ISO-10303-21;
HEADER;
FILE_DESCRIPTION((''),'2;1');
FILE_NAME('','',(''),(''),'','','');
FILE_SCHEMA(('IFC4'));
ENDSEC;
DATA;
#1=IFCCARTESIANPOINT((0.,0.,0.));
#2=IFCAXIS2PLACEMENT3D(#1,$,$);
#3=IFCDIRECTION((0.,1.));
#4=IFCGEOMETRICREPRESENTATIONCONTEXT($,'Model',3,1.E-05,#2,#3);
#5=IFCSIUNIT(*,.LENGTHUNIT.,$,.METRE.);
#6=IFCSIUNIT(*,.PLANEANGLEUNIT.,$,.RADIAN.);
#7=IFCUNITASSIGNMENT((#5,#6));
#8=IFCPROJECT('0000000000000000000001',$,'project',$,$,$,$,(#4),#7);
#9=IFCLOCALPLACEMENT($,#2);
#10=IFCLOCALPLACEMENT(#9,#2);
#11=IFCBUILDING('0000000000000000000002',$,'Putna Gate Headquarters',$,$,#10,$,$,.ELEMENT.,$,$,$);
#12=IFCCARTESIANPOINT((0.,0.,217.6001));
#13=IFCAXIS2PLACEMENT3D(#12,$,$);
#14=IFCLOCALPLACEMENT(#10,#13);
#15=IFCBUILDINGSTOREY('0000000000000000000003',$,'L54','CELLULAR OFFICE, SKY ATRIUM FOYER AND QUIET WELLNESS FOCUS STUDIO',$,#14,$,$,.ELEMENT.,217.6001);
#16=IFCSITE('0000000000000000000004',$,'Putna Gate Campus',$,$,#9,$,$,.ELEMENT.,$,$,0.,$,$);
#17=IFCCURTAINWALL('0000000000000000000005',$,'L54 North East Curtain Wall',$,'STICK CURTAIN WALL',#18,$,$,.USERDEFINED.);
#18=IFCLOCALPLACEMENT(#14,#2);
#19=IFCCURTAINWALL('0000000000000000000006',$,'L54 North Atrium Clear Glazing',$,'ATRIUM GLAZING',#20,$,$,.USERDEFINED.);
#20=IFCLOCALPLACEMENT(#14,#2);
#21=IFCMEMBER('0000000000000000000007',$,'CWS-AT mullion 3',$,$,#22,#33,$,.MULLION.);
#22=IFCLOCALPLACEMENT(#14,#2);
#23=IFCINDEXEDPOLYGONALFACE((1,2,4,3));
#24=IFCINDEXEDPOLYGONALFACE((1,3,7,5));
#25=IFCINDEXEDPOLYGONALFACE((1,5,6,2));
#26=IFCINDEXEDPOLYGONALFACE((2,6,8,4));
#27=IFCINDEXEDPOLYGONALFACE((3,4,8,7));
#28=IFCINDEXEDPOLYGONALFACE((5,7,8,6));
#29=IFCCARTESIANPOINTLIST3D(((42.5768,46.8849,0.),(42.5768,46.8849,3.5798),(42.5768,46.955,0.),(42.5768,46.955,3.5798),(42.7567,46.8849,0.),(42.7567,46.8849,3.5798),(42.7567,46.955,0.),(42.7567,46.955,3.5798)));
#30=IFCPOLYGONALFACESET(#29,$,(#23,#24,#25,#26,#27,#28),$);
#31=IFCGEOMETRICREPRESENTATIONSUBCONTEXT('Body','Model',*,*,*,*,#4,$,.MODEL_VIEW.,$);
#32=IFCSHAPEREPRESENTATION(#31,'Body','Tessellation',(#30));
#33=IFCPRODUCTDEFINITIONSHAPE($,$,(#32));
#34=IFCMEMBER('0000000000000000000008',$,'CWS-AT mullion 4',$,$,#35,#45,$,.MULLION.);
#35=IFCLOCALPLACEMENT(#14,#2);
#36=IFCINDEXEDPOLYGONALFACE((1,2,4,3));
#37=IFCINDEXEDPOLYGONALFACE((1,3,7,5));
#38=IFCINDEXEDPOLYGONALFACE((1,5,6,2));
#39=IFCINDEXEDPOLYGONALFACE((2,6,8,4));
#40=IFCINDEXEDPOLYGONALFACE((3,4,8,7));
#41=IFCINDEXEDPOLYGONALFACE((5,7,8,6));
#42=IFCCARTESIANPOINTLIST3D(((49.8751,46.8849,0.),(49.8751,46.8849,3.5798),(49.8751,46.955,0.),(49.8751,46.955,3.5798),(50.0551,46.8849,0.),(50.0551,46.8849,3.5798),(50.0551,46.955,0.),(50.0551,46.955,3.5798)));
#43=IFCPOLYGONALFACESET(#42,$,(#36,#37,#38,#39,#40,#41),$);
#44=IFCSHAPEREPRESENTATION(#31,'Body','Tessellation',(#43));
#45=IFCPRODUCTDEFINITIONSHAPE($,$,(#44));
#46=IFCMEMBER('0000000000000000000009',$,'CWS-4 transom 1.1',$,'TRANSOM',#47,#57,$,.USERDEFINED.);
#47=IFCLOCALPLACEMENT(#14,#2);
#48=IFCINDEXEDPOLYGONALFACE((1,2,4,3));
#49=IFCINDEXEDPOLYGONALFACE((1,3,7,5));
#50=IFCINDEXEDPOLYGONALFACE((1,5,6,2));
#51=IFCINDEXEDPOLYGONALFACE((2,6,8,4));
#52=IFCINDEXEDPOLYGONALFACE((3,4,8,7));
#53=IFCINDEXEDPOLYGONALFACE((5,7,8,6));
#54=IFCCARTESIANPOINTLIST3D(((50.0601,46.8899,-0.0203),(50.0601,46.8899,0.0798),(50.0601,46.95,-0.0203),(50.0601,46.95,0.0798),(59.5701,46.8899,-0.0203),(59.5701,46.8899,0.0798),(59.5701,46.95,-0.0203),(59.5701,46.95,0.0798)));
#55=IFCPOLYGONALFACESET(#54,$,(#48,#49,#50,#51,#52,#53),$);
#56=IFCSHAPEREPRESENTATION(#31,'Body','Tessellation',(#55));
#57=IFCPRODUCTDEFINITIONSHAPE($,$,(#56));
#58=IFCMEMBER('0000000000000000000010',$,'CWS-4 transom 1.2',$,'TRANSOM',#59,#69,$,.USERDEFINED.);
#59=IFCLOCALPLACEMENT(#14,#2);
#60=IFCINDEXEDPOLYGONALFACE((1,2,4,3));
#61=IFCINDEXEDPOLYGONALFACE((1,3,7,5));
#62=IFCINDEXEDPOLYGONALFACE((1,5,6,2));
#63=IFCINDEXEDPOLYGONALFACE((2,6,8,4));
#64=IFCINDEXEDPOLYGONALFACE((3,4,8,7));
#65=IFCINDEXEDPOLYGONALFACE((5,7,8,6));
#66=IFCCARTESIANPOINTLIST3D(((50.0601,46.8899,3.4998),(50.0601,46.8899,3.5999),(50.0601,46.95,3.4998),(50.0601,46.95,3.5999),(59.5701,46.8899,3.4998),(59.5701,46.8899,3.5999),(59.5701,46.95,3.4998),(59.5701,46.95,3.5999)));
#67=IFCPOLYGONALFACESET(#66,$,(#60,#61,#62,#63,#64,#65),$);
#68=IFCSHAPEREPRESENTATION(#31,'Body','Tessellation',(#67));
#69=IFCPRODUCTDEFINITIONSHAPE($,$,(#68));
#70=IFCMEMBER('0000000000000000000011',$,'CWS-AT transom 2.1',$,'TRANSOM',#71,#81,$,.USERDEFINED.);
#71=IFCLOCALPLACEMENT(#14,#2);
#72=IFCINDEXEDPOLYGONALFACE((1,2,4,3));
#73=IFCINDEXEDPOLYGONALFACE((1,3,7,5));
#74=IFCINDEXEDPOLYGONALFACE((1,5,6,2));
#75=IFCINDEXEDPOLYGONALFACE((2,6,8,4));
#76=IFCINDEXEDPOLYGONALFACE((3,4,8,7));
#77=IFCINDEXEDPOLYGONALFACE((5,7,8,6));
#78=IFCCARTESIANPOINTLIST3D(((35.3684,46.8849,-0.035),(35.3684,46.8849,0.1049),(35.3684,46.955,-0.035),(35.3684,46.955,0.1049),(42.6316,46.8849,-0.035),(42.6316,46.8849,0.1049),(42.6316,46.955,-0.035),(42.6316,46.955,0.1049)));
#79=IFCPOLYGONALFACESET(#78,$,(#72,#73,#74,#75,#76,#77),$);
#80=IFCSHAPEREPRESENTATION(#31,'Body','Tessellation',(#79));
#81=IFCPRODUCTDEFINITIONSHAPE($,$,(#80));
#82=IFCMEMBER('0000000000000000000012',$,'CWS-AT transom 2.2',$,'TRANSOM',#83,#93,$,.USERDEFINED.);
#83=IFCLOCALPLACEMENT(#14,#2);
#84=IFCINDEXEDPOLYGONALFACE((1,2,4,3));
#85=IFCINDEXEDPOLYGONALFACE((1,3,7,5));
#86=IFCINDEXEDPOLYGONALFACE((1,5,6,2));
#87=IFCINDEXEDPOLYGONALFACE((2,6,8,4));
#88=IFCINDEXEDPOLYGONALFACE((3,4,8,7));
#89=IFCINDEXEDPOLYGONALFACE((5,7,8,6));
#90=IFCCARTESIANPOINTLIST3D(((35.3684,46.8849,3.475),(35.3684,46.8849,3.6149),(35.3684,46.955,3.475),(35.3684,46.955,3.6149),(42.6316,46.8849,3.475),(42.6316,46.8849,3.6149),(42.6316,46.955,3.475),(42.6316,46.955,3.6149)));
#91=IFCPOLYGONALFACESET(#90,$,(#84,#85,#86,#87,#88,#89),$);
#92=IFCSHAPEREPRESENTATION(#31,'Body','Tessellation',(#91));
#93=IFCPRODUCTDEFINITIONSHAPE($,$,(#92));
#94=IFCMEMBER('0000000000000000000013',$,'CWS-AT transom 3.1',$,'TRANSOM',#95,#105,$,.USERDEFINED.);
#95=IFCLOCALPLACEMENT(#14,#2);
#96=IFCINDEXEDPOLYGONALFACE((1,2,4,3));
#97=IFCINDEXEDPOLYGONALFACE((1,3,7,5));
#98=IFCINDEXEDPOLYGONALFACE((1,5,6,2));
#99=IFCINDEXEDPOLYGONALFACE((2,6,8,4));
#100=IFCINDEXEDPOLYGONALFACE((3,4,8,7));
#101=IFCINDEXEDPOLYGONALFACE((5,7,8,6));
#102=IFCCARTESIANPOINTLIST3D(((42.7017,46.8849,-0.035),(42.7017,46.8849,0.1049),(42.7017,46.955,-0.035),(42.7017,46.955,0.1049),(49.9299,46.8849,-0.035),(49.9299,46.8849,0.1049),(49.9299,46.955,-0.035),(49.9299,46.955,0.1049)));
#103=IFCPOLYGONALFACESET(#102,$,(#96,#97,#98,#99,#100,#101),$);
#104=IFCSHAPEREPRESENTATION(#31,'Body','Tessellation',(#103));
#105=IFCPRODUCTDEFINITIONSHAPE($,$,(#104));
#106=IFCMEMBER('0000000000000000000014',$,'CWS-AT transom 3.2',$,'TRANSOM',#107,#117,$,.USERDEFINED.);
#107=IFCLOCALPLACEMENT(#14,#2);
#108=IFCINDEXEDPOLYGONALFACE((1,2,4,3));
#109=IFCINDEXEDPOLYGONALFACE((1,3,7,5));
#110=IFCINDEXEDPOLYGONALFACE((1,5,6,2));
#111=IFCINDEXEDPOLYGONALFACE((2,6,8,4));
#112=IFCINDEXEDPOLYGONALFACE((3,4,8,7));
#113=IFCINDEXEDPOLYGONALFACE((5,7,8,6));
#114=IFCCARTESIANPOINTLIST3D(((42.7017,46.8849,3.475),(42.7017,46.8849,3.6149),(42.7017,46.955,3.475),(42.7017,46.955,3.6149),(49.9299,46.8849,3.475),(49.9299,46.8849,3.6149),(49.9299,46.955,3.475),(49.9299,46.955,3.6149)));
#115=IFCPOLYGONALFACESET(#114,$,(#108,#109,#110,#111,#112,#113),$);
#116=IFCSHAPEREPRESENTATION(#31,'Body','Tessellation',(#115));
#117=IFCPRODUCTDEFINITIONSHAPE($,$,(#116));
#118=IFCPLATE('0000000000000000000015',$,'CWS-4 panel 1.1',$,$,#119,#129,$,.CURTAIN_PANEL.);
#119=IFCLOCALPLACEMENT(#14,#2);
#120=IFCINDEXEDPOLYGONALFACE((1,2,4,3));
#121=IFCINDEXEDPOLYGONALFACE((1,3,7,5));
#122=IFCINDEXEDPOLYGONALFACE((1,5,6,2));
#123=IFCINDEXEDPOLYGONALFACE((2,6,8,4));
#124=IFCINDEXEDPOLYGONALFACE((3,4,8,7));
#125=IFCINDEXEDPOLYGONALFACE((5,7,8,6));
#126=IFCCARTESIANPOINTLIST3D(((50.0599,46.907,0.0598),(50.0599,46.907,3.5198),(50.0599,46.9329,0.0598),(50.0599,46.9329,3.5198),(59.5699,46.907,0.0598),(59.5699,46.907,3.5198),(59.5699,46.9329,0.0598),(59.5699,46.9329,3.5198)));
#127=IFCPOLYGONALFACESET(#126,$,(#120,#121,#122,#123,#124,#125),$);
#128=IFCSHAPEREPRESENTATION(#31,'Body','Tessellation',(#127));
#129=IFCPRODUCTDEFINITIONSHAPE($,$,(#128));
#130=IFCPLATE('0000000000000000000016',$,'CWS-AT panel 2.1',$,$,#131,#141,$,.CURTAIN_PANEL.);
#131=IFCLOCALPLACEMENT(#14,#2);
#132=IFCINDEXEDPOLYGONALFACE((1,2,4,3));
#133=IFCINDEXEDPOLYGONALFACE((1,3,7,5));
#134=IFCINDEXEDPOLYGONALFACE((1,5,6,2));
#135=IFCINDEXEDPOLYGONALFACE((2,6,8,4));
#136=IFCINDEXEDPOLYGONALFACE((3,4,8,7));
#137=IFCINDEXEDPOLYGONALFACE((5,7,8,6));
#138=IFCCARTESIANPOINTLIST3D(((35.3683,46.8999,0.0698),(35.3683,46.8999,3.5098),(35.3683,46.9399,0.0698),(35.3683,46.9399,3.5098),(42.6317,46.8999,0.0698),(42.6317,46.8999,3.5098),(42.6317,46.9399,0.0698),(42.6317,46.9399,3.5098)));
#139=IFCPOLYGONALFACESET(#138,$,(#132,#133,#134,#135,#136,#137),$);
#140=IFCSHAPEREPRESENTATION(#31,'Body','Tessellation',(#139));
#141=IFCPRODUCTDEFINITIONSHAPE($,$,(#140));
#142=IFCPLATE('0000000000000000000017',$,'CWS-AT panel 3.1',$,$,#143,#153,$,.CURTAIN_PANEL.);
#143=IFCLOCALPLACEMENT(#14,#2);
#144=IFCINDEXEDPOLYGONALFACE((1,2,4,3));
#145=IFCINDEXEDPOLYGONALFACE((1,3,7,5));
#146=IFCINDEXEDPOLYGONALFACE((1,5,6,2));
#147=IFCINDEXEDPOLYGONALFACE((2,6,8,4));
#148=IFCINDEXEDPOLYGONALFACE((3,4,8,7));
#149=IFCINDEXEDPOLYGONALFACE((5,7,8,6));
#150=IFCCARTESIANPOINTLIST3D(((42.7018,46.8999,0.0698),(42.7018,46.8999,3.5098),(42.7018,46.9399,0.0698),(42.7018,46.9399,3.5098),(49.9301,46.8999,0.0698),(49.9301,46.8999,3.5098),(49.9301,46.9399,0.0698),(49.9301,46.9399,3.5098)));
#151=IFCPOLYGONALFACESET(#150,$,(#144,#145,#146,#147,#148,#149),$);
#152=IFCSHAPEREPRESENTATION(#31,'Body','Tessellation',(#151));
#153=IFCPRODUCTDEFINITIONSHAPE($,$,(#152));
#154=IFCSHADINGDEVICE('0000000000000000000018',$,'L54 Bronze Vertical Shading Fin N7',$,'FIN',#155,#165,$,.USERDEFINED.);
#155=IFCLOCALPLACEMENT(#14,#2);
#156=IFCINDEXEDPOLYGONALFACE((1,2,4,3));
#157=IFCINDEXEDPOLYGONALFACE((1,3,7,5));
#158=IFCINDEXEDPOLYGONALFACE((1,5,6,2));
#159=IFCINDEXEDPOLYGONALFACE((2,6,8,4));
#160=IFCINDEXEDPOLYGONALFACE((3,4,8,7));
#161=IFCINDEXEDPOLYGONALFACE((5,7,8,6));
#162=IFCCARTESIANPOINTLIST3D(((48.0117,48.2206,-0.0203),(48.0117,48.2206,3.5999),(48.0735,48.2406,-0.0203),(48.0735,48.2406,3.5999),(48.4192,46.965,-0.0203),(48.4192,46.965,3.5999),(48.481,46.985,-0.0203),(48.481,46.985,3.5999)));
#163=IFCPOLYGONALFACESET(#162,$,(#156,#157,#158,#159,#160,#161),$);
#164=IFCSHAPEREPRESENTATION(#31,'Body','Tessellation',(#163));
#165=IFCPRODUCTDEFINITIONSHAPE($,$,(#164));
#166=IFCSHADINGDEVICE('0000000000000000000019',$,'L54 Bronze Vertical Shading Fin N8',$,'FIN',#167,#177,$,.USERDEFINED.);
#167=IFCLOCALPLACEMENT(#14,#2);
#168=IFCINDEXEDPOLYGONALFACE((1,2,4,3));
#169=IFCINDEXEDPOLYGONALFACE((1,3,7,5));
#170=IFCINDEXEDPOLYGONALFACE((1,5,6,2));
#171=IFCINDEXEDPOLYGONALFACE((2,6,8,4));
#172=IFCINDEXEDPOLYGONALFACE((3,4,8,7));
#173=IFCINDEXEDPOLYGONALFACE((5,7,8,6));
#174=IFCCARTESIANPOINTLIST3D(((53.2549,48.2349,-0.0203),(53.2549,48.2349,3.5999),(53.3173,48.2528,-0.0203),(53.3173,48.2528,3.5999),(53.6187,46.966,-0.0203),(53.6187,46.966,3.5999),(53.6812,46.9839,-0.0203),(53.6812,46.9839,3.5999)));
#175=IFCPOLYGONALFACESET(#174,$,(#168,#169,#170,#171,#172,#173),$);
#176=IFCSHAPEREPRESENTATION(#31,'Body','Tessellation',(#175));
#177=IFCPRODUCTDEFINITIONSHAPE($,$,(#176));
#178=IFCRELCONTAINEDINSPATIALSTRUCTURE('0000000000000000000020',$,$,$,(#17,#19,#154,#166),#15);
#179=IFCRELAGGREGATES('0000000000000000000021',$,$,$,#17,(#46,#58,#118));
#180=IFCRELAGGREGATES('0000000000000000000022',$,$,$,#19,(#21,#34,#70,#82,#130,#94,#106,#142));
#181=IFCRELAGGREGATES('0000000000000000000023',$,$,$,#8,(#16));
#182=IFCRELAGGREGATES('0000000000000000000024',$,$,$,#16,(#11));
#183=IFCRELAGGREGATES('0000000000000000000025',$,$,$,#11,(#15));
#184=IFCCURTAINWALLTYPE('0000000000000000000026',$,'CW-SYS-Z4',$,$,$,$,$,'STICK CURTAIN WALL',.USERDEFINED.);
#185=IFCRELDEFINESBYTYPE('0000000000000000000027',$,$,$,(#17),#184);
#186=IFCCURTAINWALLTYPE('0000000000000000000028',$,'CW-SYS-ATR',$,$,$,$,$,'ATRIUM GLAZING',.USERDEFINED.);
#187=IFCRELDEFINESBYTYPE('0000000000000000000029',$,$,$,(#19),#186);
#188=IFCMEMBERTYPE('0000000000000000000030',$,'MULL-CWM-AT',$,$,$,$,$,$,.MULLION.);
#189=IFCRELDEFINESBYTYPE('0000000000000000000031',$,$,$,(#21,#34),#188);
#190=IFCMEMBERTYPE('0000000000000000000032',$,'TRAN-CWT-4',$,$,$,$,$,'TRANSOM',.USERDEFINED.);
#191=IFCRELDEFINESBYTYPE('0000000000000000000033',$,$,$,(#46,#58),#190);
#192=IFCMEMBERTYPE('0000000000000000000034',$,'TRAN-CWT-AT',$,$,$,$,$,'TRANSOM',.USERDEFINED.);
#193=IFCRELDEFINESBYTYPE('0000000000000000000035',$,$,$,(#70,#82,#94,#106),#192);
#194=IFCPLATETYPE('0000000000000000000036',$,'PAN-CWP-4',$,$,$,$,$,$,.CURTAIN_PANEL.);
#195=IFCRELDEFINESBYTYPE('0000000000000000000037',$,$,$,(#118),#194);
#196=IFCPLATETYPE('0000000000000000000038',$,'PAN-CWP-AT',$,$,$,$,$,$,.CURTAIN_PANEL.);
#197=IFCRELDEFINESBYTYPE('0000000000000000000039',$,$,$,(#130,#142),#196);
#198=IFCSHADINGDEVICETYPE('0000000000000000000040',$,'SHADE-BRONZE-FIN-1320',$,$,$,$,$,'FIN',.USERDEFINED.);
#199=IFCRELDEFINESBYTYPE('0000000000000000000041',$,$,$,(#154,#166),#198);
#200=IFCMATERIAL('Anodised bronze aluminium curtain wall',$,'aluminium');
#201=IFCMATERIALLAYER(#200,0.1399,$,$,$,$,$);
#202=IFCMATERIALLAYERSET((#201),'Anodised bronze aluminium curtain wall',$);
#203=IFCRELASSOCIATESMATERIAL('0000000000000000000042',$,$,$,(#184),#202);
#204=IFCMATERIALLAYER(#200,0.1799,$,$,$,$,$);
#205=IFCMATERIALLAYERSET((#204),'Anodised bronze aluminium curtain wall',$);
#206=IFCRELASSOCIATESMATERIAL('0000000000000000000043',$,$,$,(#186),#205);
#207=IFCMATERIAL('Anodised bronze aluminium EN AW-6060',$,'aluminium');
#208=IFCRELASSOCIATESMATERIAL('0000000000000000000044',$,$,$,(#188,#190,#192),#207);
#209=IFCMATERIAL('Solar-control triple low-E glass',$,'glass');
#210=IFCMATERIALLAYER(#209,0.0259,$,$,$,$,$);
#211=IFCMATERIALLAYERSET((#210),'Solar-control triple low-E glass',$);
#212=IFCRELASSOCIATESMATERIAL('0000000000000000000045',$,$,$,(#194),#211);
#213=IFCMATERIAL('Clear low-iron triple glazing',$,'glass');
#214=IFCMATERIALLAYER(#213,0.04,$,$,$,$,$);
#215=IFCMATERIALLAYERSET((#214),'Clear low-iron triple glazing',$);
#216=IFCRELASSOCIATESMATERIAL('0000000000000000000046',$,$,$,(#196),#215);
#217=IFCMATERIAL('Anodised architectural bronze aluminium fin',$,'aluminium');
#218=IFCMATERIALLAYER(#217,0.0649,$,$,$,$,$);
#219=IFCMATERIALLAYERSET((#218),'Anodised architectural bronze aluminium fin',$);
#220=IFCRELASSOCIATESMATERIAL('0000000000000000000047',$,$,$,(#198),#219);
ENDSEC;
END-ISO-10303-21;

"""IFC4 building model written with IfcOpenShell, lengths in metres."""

from ifc_helpers import new_model, si_unit, direction, frame, origin, origin_2d, place, context, subcontext, project, spatial, rectangle, extrude, material, layer, layer_set, material_profile, profile_set, type_object, element, aggregate, save


model = new_model("IFC4")

# Units and contexts
model_context = context("Model", 3, precision=1e-05, world=origin(), true_north=direction((0.0, 1.0)))
body_context = subcontext(model_context, "Body", "Model", "MODEL_VIEW")
ifc_project = project(units=[si_unit("LENGTHUNIT", "METRE"), si_unit("PLANEANGLEUNIT", "RADIAN")], contexts=[model_context])

# Site, building, storey
site_placement = place(None, origin())
site = spatial("IfcSite", under=ifc_project, at=site_placement, Name="Putna Gate Campus", CompositionType="ELEMENT", RefElevation=0.0)
building_placement = place(site_placement, origin())
building = spatial("IfcBuilding", under=site, at=building_placement, Name="Putna Gate Headquarters", CompositionType="ELEMENT")
storey_placement = place(building_placement, frame((0.0, 0.0, 217.6001)))
storey = spatial("IfcBuildingStorey", under=building, at=storey_placement, Name="L54", Description="CELLULAR OFFICE, SKY ATRIUM FOYER AND QUIET WELLNESS FOCUS STUDIO", CompositionType="ELEMENT", Elevation=217.6001)

# Curtain wall
ifc_material_1 = material(Name="Anodised bronze aluminium curtain wall", Category="aluminium")
ifc_layer_1 = layer(ifc_material_1, 0.1399)
ifc_layer_set_1 = layer_set([ifc_layer_1], Name="Anodised bronze aluminium curtain wall")
curtain_wall_type_1 = type_object("IfcCurtainWallType", Name="CW-SYS-Z4", ElementType="STICK CURTAIN WALL", PredefinedType="USERDEFINED", material=ifc_layer_set_1)
curtain_wall_1_placement = place(storey_placement, origin())
curtain_wall_1 = element("IfcCurtainWall", 1, at=curtain_wall_1_placement, inside=storey, type_object=curtain_wall_type_1, Name="L54 North East Curtain Wall", ObjectType="STICK CURTAIN WALL", PredefinedType="USERDEFINED")
ifc_material_2 = material(Name="Anodised bronze aluminium EN AW-6060", Category="aluminium")

# Curtain wall, members
ifc_layer_2 = layer(ifc_material_1, 0.1799)
ifc_layer_set_2 = layer_set([ifc_layer_2], Name="Anodised bronze aluminium curtain wall")
curtain_wall_type_2 = type_object("IfcCurtainWallType", Name="CW-SYS-ATR", ElementType="ATRIUM GLAZING", PredefinedType="USERDEFINED", material=ifc_layer_set_2)
curtain_wall_2_placement = place(storey_placement, origin())
curtain_wall_2 = element("IfcCurtainWall", 2, at=curtain_wall_2_placement, inside=storey, type_object=curtain_wall_type_2, Name="L54 North Atrium Clear Glazing", ObjectType="ATRIUM GLAZING", PredefinedType="USERDEFINED")
ifc_material_profile_1 = material_profile(ifc_material_2, rectangle(XDim=0.0701, YDim=0.1799, at=origin_2d()), Name="Anodised bronze aluminium EN AW-6060")
ifc_profile_set_1 = profile_set([ifc_material_profile_1], Name="Anodised bronze aluminium EN AW-6060")
member_type_1 = type_object("IfcMemberType", Name="MULL-CWM-AT", PredefinedType="MULLION", material=ifc_profile_set_1)
member_1_placement = place(storey_placement, frame((42.6667, 46.9199, 0.0), z_axis=(0.0, 0.0, 1.0), x_axis=(0.0, 1.0, 0.0)))
member_1 = element("IfcMember", 3, at=member_1_placement, type_object=member_type_1, Name="CWS-AT mullion 3", PredefinedType="MULLION", context=body_context, shape_type="SweptSolid", body=[
    extrude(rectangle(XDim=0.0701, YDim=0.1799, at=origin_2d()), origin(), (0.0, 0.0, 1.0), 3.5798),
])
member_2_placement = place(storey_placement, frame((49.9651, 46.9199, 0.0), z_axis=(0.0, 0.0, 1.0), x_axis=(0.0, 1.0, 0.0)))
member_2 = element("IfcMember", 4, at=member_2_placement, type_object=member_type_1, Name="CWS-AT mullion 4", PredefinedType="MULLION", context=body_context, shape_type="SweptSolid", body=[
    extrude(rectangle(XDim=0.0701, YDim=0.1799, at=origin_2d()), origin(), (0.0, 0.0, 1.0), 3.5798),
])

# Members
ifc_material_profile_2 = material_profile(ifc_material_2, rectangle(XDim=0.0601, YDim=0.1001, at=origin_2d()), Name="Anodised bronze aluminium EN AW-6060")
ifc_profile_set_2 = profile_set([ifc_material_profile_2], Name="Anodised bronze aluminium EN AW-6060")
member_type_2 = type_object("IfcMemberType", Name="TRAN-CWT-4", ElementType="TRANSOM", PredefinedType="USERDEFINED", material=ifc_profile_set_2)
member_3_placement = place(storey_placement, frame((50.0601, 46.9199, 0.0298), z_axis=(1.0, 0.0, 0.0), x_axis=(0.0, 1.0, 0.0)))
member_3 = element("IfcMember", 5, at=member_3_placement, type_object=member_type_2, Name="CWS-4 transom 1.1", ObjectType="TRANSOM", PredefinedType="USERDEFINED", context=body_context, shape_type="SweptSolid", body=[
    extrude(rectangle(XDim=0.0601, YDim=0.1001, at=origin_2d()), origin(), (0.0, 0.0, 1.0), 9.51),
])
member_4_placement = place(storey_placement, frame((50.0601, 46.9199, 3.5498), z_axis=(1.0, 0.0, 0.0), x_axis=(0.0, 1.0, 0.0)))
member_4 = element("IfcMember", 6, at=member_4_placement, type_object=member_type_2, Name="CWS-4 transom 1.2", ObjectType="TRANSOM", PredefinedType="USERDEFINED", context=body_context, shape_type="SweptSolid", body=[
    extrude(rectangle(XDim=0.0601, YDim=0.1001, at=origin_2d()), origin(), (0.0, 0.0, 1.0), 9.51),
])
ifc_material_profile_3 = material_profile(ifc_material_2, rectangle(XDim=0.0701, YDim=0.1399, at=origin_2d()), Name="Anodised bronze aluminium EN AW-6060")
ifc_profile_set_3 = profile_set([ifc_material_profile_3], Name="Anodised bronze aluminium EN AW-6060")
member_type_3 = type_object("IfcMemberType", Name="TRAN-CWT-AT", ElementType="TRANSOM", PredefinedType="USERDEFINED", material=ifc_profile_set_3)
member_5_placement = place(storey_placement, frame((35.3684, 46.9199, 0.0349), z_axis=(1.0, 0.0, 0.0), x_axis=(0.0, 1.0, 0.0)))
member_5 = element("IfcMember", 7, at=member_5_placement, type_object=member_type_3, Name="CWS-AT transom 2.1", ObjectType="TRANSOM", PredefinedType="USERDEFINED", context=body_context, shape_type="SweptSolid", body=[
    extrude(rectangle(XDim=0.0701, YDim=0.1399, at=origin_2d()), origin(), (0.0, 0.0, 1.0), 7.2632),
])
member_6_placement = place(storey_placement, frame((35.3684, 46.9199, 3.5449), z_axis=(1.0, 0.0, 0.0), x_axis=(0.0, 1.0, 0.0)))
member_6 = element("IfcMember", 8, at=member_6_placement, type_object=member_type_3, Name="CWS-AT transom 2.2", ObjectType="TRANSOM", PredefinedType="USERDEFINED", context=body_context, shape_type="SweptSolid", body=[
    extrude(rectangle(XDim=0.0701, YDim=0.1399, at=origin_2d()), origin(), (0.0, 0.0, 1.0), 7.2632),
])
member_7_placement = place(storey_placement, frame((42.7017, 46.9199, 0.0349), z_axis=(1.0, 0.0, 0.0), x_axis=(0.0, 1.0, 0.0)))
member_7 = element("IfcMember", 9, at=member_7_placement, type_object=member_type_3, Name="CWS-AT transom 3.1", ObjectType="TRANSOM", PredefinedType="USERDEFINED", context=body_context, shape_type="SweptSolid", body=[
    extrude(rectangle(XDim=0.0701, YDim=0.1399, at=origin_2d()), origin(), (0.0, 0.0, 1.0), 7.2283),
])
member_8_placement = place(storey_placement, frame((42.7017, 46.9199, 3.5449), z_axis=(1.0, 0.0, 0.0), x_axis=(0.0, 1.0, 0.0)))
member_8 = element("IfcMember", 10, at=member_8_placement, type_object=member_type_3, Name="CWS-AT transom 3.2", ObjectType="TRANSOM", PredefinedType="USERDEFINED", context=body_context, shape_type="SweptSolid", body=[
    extrude(rectangle(XDim=0.0701, YDim=0.1399, at=origin_2d()), origin(), (0.0, 0.0, 1.0), 7.2283),
])

# Plates
ifc_material_3 = material(Name="Solar-control triple low-E glass", Category="glass")
ifc_layer_3 = layer(ifc_material_3, 0.0259)
ifc_layer_set_3 = layer_set([ifc_layer_3], Name="Solar-control triple low-E glass")
plate_type_1 = type_object("IfcPlateType", Name="PAN-CWP-4", PredefinedType="CURTAIN_PANEL", material=ifc_layer_set_3)
plate_1_placement = place(storey_placement, frame((54.8149, 46.9199, 0.0598), z_axis=(0.0, 0.0, 1.0), x_axis=(1.0, 0.0, 0.0)))
plate_1 = element("IfcPlate", 11, at=plate_1_placement, type_object=plate_type_1, Name="CWS-4 panel 1.1", PredefinedType="CURTAIN_PANEL", context=body_context, shape_type="SweptSolid", body=[
    extrude(rectangle(XDim=9.51, YDim=0.0259, at=origin_2d()), origin(), (0.0, 0.0, 1.0), 3.46),
])
aggregate(curtain_wall_1, [member_3, member_4, plate_1])
ifc_material_4 = material(Name="Clear low-iron triple glazing", Category="glass")
ifc_layer_4 = layer(ifc_material_4, 0.04)
ifc_layer_set_4 = layer_set([ifc_layer_4], Name="Clear low-iron triple glazing")
plate_type_2 = type_object("IfcPlateType", Name="PAN-CWP-AT", PredefinedType="CURTAIN_PANEL", material=ifc_layer_set_4)
plate_2_placement = place(storey_placement, frame((39.0, 46.9199, 0.0698), z_axis=(0.0, 0.0, 1.0), x_axis=(1.0, 0.0, 0.0)))
plate_2 = element("IfcPlate", 12, at=plate_2_placement, type_object=plate_type_2, Name="CWS-AT panel 2.1", PredefinedType="CURTAIN_PANEL", context=body_context, shape_type="SweptSolid", body=[
    extrude(rectangle(XDim=7.2634, YDim=0.04, at=origin_2d()), origin(), (0.0, 0.0, 1.0), 3.4399),
])
plate_3_placement = place(storey_placement, frame((46.3159, 46.9199, 0.0698), z_axis=(0.0, 0.0, 1.0), x_axis=(1.0, 0.0, 0.0)))
plate_3 = element("IfcPlate", 13, at=plate_3_placement, type_object=plate_type_2, Name="CWS-AT panel 3.1", PredefinedType="CURTAIN_PANEL", context=body_context, shape_type="SweptSolid", body=[
    extrude(rectangle(XDim=7.2283, YDim=0.04, at=origin_2d()), origin(), (0.0, 0.0, 1.0), 3.4399),
])
aggregate(curtain_wall_2, [member_1, member_2, member_5, member_6, plate_2, member_7, member_8, plate_3])

# Shading devices
ifc_material_5 = material(Name="Anodised architectural bronze aluminium fin", Category="aluminium")
ifc_layer_5 = layer(ifc_material_5, 0.0649)
ifc_layer_set_5 = layer_set([ifc_layer_5], Name="Anodised architectural bronze aluminium fin")
shading_device_type = type_object("IfcShadingDeviceType", Name="SHADE-BRONZE-FIN-1320", ElementType="FIN", PredefinedType="USERDEFINED", material=ifc_layer_set_5)
for number, where, z_axis, x_axis, name in (
    (14, (48.2463, 47.6028, -0.0203), (0.0, 0.0, 1.0), (-0.308685, 0.951164, 0.0), "L54 Bronze Vertical Shading Fin N7"),
    (15, (53.468, 47.6094, -0.0203), (0.0, 0.0, 1.0), (-0.275637, 0.961262, 0.0), "L54 Bronze Vertical Shading Fin N8"),
):
    element("IfcShadingDevice", number, at=place(storey_placement, frame(where, z_axis=z_axis, x_axis=x_axis)), inside=storey, type_object=shading_device_type, Name=name, ObjectType="FIN", PredefinedType="USERDEFINED", context=body_context, shape_type="SweptSolid", body=[
        extrude(rectangle(XDim=1.3201, YDim=0.0649, at=origin_2d()), origin(), (0.0, 0.0, 1.0), 3.6201),
    ])

save(model, "model.ifc")
